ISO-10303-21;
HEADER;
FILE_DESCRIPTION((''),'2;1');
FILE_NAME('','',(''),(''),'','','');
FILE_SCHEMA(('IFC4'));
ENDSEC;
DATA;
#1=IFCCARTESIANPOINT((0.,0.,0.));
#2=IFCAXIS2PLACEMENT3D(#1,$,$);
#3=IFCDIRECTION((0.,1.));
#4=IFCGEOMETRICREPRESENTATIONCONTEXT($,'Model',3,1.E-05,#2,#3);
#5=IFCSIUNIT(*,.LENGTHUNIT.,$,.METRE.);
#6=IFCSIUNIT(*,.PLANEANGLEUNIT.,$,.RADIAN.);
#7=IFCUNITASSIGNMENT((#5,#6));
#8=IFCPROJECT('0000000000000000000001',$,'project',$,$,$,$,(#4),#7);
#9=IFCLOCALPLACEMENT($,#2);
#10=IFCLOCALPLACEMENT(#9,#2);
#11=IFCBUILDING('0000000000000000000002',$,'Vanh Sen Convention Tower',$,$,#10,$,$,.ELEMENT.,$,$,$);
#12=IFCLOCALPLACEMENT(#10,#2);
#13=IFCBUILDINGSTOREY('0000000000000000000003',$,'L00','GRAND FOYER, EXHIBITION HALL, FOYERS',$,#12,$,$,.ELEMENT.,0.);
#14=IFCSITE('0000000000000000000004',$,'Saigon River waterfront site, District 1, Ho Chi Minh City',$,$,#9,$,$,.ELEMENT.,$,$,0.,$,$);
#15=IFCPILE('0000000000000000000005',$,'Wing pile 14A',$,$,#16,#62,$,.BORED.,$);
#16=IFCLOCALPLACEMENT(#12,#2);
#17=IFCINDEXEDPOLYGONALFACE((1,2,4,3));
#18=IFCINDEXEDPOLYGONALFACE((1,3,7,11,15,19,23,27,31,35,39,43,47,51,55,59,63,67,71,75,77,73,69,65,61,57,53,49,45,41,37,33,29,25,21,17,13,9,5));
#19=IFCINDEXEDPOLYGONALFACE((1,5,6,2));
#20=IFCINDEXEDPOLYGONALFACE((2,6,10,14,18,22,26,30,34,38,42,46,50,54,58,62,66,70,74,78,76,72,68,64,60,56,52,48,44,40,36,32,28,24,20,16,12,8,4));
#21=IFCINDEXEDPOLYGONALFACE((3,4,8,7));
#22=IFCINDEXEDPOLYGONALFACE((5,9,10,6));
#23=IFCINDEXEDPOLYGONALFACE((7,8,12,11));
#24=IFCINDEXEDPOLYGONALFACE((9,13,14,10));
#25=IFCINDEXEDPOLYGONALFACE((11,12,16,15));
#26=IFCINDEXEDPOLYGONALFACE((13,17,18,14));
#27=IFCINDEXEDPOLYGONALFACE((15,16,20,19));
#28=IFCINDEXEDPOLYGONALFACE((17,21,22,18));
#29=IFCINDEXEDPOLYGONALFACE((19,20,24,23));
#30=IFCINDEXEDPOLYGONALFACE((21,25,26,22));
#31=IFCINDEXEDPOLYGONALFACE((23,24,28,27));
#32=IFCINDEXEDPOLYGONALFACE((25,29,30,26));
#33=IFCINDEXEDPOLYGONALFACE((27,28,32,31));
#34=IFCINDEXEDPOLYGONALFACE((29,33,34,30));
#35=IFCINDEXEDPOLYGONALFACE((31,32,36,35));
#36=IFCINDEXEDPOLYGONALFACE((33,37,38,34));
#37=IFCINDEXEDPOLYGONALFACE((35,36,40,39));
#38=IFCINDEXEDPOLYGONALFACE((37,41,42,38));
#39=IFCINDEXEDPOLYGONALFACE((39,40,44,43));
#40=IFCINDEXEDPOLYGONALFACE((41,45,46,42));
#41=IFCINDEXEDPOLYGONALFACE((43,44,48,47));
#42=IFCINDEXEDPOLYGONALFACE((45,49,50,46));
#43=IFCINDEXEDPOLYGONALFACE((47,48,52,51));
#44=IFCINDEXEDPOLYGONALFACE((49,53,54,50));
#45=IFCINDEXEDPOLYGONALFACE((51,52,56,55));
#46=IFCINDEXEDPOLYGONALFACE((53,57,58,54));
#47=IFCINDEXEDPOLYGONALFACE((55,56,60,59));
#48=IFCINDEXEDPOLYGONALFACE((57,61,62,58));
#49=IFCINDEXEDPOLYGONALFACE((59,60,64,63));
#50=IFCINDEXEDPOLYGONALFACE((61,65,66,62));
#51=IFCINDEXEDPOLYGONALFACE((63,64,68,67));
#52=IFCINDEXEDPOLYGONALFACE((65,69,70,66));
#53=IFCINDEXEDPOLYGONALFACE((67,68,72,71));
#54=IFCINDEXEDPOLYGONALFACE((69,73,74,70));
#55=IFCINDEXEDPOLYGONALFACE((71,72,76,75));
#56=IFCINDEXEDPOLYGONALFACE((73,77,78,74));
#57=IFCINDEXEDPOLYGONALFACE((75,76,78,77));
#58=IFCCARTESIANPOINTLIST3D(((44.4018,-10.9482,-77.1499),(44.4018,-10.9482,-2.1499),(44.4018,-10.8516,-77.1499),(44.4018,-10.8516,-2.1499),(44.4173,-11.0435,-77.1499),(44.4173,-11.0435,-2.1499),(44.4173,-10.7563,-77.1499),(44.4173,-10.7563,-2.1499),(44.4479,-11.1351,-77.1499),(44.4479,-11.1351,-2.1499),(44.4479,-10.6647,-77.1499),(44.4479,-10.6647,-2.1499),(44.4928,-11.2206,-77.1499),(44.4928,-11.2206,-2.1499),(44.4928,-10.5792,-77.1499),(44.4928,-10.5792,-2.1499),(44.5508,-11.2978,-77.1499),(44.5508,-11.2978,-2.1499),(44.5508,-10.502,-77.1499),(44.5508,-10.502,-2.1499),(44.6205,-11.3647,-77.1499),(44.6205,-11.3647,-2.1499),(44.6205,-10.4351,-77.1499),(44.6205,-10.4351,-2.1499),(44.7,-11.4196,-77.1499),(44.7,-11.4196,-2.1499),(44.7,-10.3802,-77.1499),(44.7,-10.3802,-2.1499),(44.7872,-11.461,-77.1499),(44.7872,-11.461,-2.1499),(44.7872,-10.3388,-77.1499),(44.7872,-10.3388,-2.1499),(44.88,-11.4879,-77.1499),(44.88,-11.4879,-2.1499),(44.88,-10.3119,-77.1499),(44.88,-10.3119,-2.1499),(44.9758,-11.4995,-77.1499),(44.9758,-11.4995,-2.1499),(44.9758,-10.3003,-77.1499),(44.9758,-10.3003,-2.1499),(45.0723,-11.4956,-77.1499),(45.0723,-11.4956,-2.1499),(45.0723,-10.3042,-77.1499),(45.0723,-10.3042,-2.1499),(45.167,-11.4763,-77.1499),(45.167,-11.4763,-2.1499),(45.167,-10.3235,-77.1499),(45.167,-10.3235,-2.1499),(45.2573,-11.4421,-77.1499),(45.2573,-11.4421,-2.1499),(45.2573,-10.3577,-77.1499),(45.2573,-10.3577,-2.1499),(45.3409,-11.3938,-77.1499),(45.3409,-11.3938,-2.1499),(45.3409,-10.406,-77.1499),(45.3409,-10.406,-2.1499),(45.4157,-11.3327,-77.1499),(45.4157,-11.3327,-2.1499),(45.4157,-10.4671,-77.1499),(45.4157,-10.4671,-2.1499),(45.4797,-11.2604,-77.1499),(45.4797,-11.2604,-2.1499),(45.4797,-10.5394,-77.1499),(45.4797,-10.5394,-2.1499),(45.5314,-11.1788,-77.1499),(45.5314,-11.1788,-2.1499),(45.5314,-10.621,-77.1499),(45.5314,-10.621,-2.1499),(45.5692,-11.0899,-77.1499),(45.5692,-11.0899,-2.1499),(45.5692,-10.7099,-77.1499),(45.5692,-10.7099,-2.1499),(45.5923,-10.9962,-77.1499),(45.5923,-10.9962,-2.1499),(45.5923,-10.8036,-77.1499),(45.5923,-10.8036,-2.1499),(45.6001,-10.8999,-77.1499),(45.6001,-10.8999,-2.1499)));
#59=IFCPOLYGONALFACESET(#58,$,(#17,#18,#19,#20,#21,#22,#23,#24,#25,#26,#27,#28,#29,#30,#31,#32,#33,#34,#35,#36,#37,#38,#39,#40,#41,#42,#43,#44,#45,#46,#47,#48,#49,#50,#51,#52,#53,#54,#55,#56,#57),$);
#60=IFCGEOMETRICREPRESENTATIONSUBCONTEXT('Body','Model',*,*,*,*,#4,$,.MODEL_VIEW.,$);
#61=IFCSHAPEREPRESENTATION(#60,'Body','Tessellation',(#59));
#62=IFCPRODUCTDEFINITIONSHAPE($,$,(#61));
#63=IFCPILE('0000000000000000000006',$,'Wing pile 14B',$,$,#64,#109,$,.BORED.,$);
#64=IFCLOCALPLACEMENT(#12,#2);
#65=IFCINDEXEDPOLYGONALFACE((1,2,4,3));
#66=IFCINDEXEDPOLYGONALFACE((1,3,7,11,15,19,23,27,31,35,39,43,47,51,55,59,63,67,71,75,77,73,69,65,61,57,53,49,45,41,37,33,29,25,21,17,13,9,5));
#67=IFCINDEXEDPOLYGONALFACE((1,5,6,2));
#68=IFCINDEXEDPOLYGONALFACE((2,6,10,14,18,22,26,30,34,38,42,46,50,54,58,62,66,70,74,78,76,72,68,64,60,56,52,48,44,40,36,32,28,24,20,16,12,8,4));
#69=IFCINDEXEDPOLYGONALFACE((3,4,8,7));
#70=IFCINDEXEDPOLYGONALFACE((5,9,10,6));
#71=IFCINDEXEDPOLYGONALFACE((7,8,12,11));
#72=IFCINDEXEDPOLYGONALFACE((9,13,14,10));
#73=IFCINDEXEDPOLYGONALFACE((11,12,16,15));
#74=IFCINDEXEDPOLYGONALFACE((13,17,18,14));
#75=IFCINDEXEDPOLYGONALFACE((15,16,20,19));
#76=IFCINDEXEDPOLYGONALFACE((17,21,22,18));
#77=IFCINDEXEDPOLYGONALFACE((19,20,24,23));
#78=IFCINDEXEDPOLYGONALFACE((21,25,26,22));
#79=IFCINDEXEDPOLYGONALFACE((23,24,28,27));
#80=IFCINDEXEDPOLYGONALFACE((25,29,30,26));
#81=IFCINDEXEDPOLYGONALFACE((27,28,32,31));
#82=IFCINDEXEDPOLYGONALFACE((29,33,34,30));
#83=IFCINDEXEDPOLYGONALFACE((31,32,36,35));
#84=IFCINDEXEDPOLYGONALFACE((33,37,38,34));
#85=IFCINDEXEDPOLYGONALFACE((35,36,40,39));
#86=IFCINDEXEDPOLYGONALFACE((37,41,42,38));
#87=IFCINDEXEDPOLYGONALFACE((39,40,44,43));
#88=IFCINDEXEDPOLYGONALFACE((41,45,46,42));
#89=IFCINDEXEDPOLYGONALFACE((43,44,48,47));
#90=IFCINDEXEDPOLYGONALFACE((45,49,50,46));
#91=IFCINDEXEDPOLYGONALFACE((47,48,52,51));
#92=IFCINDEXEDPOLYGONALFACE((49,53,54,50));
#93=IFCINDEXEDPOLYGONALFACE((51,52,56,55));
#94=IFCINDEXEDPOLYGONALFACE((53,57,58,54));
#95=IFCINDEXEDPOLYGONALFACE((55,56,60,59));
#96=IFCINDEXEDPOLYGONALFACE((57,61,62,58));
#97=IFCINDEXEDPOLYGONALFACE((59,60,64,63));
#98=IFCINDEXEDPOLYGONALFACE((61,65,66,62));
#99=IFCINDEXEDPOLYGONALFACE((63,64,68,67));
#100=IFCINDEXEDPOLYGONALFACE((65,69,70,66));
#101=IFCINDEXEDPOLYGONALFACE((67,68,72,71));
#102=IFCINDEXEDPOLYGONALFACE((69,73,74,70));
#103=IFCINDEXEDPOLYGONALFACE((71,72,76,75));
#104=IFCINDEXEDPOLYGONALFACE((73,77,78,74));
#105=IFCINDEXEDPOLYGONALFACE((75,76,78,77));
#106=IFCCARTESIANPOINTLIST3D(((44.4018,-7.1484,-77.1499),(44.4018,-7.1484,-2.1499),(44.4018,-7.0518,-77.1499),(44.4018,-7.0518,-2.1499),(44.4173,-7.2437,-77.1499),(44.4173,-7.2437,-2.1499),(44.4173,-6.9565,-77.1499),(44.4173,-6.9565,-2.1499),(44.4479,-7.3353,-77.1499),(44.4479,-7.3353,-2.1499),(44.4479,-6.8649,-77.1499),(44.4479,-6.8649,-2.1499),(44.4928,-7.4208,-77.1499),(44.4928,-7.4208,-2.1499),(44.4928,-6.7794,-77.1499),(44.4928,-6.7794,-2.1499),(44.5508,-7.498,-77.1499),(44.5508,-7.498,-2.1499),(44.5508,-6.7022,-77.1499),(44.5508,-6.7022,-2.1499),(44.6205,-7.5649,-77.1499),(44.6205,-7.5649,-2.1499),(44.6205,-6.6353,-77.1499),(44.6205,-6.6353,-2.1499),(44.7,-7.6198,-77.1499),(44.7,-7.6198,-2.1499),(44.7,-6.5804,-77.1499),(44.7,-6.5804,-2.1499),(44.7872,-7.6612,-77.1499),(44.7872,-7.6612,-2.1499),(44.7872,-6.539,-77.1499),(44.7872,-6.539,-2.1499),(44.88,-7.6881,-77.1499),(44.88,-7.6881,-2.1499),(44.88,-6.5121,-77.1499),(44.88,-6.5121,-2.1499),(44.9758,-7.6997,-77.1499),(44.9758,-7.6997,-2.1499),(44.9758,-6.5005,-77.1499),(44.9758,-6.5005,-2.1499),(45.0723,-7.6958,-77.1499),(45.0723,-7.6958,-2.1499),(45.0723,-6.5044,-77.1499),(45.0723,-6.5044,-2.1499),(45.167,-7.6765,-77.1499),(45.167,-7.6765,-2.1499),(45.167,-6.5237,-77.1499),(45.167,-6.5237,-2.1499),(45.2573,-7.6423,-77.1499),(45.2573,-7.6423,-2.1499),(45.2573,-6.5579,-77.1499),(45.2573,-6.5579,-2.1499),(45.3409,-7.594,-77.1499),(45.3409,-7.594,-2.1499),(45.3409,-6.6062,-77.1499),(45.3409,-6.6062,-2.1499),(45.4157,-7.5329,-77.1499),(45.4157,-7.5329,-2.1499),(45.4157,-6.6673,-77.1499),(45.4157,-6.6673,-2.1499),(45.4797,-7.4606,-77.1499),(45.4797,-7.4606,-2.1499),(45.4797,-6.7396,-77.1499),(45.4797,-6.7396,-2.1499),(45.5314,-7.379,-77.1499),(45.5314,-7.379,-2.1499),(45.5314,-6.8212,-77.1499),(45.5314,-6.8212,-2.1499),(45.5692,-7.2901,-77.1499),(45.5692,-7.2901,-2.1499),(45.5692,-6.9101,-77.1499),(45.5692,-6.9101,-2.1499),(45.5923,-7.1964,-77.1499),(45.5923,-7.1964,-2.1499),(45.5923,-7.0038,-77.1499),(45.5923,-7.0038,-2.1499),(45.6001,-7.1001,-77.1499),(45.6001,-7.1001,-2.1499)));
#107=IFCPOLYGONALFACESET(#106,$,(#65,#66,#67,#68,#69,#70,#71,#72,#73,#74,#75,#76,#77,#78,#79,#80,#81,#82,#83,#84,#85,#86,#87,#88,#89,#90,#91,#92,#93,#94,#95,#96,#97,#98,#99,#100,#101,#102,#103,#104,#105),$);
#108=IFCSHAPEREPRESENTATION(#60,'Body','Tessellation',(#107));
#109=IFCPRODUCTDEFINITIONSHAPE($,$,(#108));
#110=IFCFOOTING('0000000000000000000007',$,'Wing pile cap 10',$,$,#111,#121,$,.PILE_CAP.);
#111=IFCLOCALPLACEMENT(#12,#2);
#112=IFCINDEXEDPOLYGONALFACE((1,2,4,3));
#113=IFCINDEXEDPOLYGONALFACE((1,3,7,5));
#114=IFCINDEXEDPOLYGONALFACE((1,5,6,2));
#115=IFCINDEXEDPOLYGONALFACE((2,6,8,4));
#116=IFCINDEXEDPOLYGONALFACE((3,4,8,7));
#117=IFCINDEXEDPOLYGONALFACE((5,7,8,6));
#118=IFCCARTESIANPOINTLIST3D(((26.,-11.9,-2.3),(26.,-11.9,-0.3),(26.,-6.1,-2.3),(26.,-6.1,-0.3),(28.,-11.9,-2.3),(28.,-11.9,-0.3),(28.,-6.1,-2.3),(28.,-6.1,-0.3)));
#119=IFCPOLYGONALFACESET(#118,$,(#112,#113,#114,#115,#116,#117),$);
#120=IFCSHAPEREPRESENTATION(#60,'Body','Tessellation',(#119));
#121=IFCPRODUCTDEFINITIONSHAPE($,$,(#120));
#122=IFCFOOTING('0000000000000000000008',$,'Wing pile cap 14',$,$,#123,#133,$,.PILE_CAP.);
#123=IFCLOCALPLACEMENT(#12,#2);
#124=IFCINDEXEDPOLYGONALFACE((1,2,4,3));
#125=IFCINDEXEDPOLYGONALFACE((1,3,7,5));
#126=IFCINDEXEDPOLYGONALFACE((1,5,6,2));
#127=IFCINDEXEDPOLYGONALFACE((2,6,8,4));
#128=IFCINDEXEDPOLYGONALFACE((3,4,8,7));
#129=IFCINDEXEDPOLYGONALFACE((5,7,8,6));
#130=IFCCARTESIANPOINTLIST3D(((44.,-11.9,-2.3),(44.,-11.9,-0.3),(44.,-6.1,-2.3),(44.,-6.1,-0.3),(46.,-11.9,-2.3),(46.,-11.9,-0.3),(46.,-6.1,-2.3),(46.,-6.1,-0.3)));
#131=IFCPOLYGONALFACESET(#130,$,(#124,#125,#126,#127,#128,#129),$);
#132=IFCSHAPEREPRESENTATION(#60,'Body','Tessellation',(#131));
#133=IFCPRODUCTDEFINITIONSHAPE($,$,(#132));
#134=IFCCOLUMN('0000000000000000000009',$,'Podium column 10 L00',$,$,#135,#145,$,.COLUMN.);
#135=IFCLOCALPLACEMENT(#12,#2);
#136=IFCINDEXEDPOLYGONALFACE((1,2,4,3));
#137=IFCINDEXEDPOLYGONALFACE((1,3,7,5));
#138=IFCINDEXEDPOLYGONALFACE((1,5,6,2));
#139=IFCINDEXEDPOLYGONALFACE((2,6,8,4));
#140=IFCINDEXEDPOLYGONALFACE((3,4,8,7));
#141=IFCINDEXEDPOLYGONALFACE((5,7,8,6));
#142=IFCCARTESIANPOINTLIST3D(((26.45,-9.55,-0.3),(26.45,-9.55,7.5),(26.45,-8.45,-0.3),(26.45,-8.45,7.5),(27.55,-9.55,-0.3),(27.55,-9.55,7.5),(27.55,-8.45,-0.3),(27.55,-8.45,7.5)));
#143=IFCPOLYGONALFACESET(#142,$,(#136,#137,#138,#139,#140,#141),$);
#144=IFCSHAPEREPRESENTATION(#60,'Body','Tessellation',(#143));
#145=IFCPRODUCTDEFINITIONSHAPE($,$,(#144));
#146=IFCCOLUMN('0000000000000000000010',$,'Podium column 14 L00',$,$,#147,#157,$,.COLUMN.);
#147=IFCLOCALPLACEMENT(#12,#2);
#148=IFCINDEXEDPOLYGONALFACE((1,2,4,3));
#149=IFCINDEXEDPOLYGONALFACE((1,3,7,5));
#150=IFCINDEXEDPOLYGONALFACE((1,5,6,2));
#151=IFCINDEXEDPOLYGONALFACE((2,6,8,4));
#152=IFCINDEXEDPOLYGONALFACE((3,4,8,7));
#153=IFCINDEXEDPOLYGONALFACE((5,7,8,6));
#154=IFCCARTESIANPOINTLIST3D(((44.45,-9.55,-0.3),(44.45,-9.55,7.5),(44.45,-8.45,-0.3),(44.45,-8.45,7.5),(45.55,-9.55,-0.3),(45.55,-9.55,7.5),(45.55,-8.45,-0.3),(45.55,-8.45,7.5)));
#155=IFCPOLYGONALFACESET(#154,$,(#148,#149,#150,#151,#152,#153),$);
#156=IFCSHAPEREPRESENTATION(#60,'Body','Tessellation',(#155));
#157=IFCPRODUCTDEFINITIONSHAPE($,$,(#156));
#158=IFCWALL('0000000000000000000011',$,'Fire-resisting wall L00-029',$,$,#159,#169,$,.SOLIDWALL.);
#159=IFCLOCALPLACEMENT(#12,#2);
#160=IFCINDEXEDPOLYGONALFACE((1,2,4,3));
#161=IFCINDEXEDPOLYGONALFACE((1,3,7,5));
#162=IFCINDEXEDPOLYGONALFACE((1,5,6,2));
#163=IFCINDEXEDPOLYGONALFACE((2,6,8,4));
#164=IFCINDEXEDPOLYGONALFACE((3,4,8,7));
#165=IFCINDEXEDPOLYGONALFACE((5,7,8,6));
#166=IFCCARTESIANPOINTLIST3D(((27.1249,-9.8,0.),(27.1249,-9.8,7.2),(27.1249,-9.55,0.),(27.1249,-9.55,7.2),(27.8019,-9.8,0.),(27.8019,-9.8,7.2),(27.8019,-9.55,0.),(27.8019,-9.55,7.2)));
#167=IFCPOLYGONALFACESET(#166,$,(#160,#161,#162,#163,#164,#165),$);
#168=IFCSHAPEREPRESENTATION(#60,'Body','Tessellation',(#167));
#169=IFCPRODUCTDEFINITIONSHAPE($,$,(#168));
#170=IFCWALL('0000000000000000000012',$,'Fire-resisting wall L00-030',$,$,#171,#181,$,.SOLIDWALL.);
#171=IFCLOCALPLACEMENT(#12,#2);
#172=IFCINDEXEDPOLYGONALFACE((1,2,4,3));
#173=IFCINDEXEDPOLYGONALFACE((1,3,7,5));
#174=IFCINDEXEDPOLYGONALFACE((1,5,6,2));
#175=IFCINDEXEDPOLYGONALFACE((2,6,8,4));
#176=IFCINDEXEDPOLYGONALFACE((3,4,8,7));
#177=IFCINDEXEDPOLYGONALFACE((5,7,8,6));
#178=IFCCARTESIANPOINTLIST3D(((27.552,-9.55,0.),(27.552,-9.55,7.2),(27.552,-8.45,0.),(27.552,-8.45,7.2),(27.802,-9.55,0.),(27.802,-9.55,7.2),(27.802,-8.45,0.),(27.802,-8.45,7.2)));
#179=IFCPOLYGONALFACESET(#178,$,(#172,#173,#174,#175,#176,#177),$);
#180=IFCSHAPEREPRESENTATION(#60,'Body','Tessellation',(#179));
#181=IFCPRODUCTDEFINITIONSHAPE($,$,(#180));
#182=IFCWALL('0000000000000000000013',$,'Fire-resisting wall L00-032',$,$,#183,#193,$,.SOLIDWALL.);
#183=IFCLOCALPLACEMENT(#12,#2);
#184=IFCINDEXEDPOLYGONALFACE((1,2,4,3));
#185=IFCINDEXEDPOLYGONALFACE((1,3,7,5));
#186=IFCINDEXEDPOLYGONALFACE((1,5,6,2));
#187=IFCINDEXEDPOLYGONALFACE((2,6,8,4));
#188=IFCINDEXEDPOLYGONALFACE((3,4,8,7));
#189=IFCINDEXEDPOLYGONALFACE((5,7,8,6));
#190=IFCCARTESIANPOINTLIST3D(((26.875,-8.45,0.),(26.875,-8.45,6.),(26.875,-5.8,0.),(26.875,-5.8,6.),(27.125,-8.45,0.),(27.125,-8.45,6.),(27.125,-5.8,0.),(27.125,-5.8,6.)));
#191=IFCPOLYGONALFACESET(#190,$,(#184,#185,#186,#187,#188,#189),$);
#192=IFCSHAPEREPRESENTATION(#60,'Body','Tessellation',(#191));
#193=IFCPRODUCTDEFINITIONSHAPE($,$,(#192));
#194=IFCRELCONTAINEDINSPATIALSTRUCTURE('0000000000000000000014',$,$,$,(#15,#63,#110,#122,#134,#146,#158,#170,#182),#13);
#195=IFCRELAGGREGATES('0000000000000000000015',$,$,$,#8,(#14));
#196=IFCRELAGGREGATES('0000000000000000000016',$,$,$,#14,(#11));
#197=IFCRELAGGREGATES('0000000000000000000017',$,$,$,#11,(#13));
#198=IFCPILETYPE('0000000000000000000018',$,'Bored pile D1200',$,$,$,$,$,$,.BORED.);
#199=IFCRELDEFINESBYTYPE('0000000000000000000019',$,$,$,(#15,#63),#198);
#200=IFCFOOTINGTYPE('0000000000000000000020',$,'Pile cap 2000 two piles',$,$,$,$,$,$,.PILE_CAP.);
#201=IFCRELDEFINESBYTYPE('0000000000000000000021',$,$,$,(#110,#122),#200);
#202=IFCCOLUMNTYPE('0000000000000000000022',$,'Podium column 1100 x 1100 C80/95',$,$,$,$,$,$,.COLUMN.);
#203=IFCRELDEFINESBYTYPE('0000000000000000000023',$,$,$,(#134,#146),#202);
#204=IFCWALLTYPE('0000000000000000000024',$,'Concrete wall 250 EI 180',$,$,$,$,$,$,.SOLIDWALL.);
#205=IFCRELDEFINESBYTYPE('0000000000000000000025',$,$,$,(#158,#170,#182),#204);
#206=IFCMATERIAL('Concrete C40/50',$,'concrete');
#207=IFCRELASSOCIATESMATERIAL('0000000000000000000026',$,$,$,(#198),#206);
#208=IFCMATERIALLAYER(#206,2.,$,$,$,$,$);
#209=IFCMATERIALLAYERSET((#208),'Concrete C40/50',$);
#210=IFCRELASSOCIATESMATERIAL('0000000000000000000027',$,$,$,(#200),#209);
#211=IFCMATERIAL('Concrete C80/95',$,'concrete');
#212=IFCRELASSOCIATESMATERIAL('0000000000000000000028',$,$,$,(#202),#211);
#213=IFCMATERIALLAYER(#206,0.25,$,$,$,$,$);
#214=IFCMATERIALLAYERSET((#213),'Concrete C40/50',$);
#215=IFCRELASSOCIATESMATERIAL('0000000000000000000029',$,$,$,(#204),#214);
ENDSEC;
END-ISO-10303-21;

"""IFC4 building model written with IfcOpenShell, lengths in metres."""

from ifc_helpers import new_model, si_unit, direction, frame, frame_2d, origin, origin_2d, place, context, subcontext, project, spatial, rectangle, circle, extrude, material, layer, layer_set, material_profile, profile_set, type_object, element, save


model = new_model("IFC4")

# Units and contexts
model_context = context("Model", 3, precision=1e-05, world=origin(), true_north=direction((0.0, 1.0)))
body_context = subcontext(model_context, "Body", "Model", "MODEL_VIEW")
ifc_project = project(units=[si_unit("LENGTHUNIT", "METRE"), si_unit("PLANEANGLEUNIT", "RADIAN")], contexts=[model_context])

# Site, building, storey
site_placement = place(None, origin())
site = spatial("IfcSite", under=ifc_project, at=site_placement, Name="Saigon River waterfront site, District 1, Ho Chi Minh City", CompositionType="ELEMENT", RefElevation=0.0)
building_placement = place(site_placement, origin())
building = spatial("IfcBuilding", under=site, at=building_placement, Name="Vanh Sen Convention Tower", CompositionType="ELEMENT")
storey_placement = place(building_placement, origin())
storey = spatial("IfcBuildingStorey", under=building, at=storey_placement, Name="L00", Description="GRAND FOYER, EXHIBITION HALL, FOYERS", CompositionType="ELEMENT", Elevation=0.0)

# Piles
ifc_material_1 = material(Name="Concrete C40/50", Category="concrete")
ifc_material_profile_1 = material_profile(ifc_material_1, circle(Radius=0.6001, at=origin_2d()), Name="Bored pile D1200")
ifc_profile_set_1 = profile_set([ifc_material_profile_1], Name="Concrete C40/50")
pile_type = type_object("IfcPileType", Name="Bored pile D1200", PredefinedType="BORED", material=ifc_profile_set_1)
for number, where, z_axis, x_axis, name in (
    (1, (45.0, -10.8999, -2.1499), (0.0, 0.0, -1.0), (1.0, 0.0, 0.0), "Wing pile 14A"),
    (2, (45.0, -7.1001, -2.1499), (0.0, 0.0, -1.0), (1.0, 0.0, 0.0), "Wing pile 14B"),
):
    element("IfcPile", number, at=place(storey_placement, frame(where, z_axis=z_axis, x_axis=x_axis)), inside=storey, type_object=pile_type, Name=name, PredefinedType="BORED", context=body_context, shape_type="SweptSolid", body=[
        extrude(circle(Radius=0.6001, at=origin_2d()), origin(), (0.0, 0.0, 1.0), 75.0),
    ])

# Footings
ifc_layer_1 = layer(ifc_material_1, 2.0)
ifc_layer_set_1 = layer_set([ifc_layer_1], Name="Concrete C40/50")
footing_type = type_object("IfcFootingType", Name="Pile cap 2000 two piles", PredefinedType="PILE_CAP", material=ifc_layer_set_1)
for number, where, z_axis, x_axis, name in (
    (3, (27.0, -9.0, -2.3), (0.0, 0.0, 1.0), (1.0, 0.0, 0.0), "Wing pile cap 10"),
    (4, (45.0, -9.0, -2.3), (0.0, 0.0, 1.0), (1.0, 0.0, 0.0), "Wing pile cap 14"),
):
    element("IfcFooting", number, at=place(storey_placement, frame(where, z_axis=z_axis, x_axis=x_axis)), inside=storey, type_object=footing_type, Name=name, PredefinedType="PILE_CAP", context=body_context, shape_type="SweptSolid", body=[
        extrude(rectangle(XDim=2.0, YDim=5.8, at=origin_2d()), origin(), (0.0, 0.0, 1.0), 2.0),
    ])

# Columns
ifc_material_2 = material(Name="Concrete C80/95", Category="concrete")
ifc_material_profile_2 = material_profile(ifc_material_2, rectangle(XDim=1.1001, YDim=1.1001, at=origin_2d()), Name="RC 1100X1100")
ifc_profile_set_2 = profile_set([ifc_material_profile_2], Name="Concrete C80/95")
column_type = type_object("IfcColumnType", Name="Podium column 1100 x 1100 C80/95", PredefinedType="COLUMN", material=ifc_profile_set_2)
for number, where, z_axis, x_axis, name in (
    (5, (27.0, -9.0, -0.3), (0.0, 0.0, 1.0), (1.0, 0.0, 0.0), "Podium column 10 L00"),
    (6, (45.0, -9.0, -0.3), (0.0, 0.0, 1.0), (1.0, 0.0, 0.0), "Podium column 14 L00"),
):
    element("IfcColumn", number, at=place(storey_placement, frame(where, z_axis=z_axis, x_axis=x_axis)), inside=storey, type_object=column_type, Name=name, PredefinedType="COLUMN", context=body_context, shape_type="SweptSolid", body=[
        extrude(rectangle(XDim=1.1001, YDim=1.1001, at=origin_2d()), origin(), (0.0, 0.0, 1.0), 7.8),
    ])

# Walls
ifc_layer_2 = layer(ifc_material_1, 0.25)
ifc_layer_set_2 = layer_set([ifc_layer_2], Name="Concrete C40/50")
wall_type_1 = type_object("IfcWallType", Name="Concrete wall 250 EI 180", PredefinedType="SOLIDWALL", material=ifc_layer_set_2)
wall_1_placement = place(storey_placement, frame((27.125, -9.675, 0.0), z_axis=(0.0, 0.0, 1.0), x_axis=(1.0, 0.0, 0.0)))
element("IfcWall", 7, at=wall_1_placement, inside=storey, type_object=wall_type_1, Name="Fire-resisting wall L00-029", PredefinedType="SOLIDWALL", context=body_context, shape_type="SweptSolid", body=[
    extrude(rectangle(XDim=0.677, YDim=0.25, at=frame_2d((0.3384, 0.0))), origin(), (0.0, 0.0, 1.0), 7.2),
])
wall_2_placement = place(storey_placement, frame((27.677, -9.55, 0.0), z_axis=(0.0, 0.0, 1.0), x_axis=(0.0, 1.0, 0.0)))
element("IfcWall", 8, at=wall_2_placement, inside=storey, type_object=wall_type_1, Name="Fire-resisting wall L00-030", PredefinedType="SOLIDWALL", context=body_context, shape_type="SweptSolid", body=[
    extrude(rectangle(XDim=1.1001, YDim=0.25, at=frame_2d((0.55, 0.0))), origin(), (0.0, 0.0, 1.0), 7.2),
])
wall_3_placement = place(storey_placement, frame((27.0, -8.45, 0.0), z_axis=(0.0, 0.0, 1.0), x_axis=(0.0, 1.0, 0.0)))
element("IfcWall", 9, at=wall_3_placement, inside=storey, type_object=wall_type_1, Name="Fire-resisting wall L00-032", PredefinedType="SOLIDWALL", context=body_context, shape_type="SweptSolid", body=[
    extrude(rectangle(XDim=2.6499, YDim=0.25, at=frame_2d((1.325, 0.0))), origin(), (0.0, 0.0, 1.0), 6.0),
])

save(model, "model.ifc")
